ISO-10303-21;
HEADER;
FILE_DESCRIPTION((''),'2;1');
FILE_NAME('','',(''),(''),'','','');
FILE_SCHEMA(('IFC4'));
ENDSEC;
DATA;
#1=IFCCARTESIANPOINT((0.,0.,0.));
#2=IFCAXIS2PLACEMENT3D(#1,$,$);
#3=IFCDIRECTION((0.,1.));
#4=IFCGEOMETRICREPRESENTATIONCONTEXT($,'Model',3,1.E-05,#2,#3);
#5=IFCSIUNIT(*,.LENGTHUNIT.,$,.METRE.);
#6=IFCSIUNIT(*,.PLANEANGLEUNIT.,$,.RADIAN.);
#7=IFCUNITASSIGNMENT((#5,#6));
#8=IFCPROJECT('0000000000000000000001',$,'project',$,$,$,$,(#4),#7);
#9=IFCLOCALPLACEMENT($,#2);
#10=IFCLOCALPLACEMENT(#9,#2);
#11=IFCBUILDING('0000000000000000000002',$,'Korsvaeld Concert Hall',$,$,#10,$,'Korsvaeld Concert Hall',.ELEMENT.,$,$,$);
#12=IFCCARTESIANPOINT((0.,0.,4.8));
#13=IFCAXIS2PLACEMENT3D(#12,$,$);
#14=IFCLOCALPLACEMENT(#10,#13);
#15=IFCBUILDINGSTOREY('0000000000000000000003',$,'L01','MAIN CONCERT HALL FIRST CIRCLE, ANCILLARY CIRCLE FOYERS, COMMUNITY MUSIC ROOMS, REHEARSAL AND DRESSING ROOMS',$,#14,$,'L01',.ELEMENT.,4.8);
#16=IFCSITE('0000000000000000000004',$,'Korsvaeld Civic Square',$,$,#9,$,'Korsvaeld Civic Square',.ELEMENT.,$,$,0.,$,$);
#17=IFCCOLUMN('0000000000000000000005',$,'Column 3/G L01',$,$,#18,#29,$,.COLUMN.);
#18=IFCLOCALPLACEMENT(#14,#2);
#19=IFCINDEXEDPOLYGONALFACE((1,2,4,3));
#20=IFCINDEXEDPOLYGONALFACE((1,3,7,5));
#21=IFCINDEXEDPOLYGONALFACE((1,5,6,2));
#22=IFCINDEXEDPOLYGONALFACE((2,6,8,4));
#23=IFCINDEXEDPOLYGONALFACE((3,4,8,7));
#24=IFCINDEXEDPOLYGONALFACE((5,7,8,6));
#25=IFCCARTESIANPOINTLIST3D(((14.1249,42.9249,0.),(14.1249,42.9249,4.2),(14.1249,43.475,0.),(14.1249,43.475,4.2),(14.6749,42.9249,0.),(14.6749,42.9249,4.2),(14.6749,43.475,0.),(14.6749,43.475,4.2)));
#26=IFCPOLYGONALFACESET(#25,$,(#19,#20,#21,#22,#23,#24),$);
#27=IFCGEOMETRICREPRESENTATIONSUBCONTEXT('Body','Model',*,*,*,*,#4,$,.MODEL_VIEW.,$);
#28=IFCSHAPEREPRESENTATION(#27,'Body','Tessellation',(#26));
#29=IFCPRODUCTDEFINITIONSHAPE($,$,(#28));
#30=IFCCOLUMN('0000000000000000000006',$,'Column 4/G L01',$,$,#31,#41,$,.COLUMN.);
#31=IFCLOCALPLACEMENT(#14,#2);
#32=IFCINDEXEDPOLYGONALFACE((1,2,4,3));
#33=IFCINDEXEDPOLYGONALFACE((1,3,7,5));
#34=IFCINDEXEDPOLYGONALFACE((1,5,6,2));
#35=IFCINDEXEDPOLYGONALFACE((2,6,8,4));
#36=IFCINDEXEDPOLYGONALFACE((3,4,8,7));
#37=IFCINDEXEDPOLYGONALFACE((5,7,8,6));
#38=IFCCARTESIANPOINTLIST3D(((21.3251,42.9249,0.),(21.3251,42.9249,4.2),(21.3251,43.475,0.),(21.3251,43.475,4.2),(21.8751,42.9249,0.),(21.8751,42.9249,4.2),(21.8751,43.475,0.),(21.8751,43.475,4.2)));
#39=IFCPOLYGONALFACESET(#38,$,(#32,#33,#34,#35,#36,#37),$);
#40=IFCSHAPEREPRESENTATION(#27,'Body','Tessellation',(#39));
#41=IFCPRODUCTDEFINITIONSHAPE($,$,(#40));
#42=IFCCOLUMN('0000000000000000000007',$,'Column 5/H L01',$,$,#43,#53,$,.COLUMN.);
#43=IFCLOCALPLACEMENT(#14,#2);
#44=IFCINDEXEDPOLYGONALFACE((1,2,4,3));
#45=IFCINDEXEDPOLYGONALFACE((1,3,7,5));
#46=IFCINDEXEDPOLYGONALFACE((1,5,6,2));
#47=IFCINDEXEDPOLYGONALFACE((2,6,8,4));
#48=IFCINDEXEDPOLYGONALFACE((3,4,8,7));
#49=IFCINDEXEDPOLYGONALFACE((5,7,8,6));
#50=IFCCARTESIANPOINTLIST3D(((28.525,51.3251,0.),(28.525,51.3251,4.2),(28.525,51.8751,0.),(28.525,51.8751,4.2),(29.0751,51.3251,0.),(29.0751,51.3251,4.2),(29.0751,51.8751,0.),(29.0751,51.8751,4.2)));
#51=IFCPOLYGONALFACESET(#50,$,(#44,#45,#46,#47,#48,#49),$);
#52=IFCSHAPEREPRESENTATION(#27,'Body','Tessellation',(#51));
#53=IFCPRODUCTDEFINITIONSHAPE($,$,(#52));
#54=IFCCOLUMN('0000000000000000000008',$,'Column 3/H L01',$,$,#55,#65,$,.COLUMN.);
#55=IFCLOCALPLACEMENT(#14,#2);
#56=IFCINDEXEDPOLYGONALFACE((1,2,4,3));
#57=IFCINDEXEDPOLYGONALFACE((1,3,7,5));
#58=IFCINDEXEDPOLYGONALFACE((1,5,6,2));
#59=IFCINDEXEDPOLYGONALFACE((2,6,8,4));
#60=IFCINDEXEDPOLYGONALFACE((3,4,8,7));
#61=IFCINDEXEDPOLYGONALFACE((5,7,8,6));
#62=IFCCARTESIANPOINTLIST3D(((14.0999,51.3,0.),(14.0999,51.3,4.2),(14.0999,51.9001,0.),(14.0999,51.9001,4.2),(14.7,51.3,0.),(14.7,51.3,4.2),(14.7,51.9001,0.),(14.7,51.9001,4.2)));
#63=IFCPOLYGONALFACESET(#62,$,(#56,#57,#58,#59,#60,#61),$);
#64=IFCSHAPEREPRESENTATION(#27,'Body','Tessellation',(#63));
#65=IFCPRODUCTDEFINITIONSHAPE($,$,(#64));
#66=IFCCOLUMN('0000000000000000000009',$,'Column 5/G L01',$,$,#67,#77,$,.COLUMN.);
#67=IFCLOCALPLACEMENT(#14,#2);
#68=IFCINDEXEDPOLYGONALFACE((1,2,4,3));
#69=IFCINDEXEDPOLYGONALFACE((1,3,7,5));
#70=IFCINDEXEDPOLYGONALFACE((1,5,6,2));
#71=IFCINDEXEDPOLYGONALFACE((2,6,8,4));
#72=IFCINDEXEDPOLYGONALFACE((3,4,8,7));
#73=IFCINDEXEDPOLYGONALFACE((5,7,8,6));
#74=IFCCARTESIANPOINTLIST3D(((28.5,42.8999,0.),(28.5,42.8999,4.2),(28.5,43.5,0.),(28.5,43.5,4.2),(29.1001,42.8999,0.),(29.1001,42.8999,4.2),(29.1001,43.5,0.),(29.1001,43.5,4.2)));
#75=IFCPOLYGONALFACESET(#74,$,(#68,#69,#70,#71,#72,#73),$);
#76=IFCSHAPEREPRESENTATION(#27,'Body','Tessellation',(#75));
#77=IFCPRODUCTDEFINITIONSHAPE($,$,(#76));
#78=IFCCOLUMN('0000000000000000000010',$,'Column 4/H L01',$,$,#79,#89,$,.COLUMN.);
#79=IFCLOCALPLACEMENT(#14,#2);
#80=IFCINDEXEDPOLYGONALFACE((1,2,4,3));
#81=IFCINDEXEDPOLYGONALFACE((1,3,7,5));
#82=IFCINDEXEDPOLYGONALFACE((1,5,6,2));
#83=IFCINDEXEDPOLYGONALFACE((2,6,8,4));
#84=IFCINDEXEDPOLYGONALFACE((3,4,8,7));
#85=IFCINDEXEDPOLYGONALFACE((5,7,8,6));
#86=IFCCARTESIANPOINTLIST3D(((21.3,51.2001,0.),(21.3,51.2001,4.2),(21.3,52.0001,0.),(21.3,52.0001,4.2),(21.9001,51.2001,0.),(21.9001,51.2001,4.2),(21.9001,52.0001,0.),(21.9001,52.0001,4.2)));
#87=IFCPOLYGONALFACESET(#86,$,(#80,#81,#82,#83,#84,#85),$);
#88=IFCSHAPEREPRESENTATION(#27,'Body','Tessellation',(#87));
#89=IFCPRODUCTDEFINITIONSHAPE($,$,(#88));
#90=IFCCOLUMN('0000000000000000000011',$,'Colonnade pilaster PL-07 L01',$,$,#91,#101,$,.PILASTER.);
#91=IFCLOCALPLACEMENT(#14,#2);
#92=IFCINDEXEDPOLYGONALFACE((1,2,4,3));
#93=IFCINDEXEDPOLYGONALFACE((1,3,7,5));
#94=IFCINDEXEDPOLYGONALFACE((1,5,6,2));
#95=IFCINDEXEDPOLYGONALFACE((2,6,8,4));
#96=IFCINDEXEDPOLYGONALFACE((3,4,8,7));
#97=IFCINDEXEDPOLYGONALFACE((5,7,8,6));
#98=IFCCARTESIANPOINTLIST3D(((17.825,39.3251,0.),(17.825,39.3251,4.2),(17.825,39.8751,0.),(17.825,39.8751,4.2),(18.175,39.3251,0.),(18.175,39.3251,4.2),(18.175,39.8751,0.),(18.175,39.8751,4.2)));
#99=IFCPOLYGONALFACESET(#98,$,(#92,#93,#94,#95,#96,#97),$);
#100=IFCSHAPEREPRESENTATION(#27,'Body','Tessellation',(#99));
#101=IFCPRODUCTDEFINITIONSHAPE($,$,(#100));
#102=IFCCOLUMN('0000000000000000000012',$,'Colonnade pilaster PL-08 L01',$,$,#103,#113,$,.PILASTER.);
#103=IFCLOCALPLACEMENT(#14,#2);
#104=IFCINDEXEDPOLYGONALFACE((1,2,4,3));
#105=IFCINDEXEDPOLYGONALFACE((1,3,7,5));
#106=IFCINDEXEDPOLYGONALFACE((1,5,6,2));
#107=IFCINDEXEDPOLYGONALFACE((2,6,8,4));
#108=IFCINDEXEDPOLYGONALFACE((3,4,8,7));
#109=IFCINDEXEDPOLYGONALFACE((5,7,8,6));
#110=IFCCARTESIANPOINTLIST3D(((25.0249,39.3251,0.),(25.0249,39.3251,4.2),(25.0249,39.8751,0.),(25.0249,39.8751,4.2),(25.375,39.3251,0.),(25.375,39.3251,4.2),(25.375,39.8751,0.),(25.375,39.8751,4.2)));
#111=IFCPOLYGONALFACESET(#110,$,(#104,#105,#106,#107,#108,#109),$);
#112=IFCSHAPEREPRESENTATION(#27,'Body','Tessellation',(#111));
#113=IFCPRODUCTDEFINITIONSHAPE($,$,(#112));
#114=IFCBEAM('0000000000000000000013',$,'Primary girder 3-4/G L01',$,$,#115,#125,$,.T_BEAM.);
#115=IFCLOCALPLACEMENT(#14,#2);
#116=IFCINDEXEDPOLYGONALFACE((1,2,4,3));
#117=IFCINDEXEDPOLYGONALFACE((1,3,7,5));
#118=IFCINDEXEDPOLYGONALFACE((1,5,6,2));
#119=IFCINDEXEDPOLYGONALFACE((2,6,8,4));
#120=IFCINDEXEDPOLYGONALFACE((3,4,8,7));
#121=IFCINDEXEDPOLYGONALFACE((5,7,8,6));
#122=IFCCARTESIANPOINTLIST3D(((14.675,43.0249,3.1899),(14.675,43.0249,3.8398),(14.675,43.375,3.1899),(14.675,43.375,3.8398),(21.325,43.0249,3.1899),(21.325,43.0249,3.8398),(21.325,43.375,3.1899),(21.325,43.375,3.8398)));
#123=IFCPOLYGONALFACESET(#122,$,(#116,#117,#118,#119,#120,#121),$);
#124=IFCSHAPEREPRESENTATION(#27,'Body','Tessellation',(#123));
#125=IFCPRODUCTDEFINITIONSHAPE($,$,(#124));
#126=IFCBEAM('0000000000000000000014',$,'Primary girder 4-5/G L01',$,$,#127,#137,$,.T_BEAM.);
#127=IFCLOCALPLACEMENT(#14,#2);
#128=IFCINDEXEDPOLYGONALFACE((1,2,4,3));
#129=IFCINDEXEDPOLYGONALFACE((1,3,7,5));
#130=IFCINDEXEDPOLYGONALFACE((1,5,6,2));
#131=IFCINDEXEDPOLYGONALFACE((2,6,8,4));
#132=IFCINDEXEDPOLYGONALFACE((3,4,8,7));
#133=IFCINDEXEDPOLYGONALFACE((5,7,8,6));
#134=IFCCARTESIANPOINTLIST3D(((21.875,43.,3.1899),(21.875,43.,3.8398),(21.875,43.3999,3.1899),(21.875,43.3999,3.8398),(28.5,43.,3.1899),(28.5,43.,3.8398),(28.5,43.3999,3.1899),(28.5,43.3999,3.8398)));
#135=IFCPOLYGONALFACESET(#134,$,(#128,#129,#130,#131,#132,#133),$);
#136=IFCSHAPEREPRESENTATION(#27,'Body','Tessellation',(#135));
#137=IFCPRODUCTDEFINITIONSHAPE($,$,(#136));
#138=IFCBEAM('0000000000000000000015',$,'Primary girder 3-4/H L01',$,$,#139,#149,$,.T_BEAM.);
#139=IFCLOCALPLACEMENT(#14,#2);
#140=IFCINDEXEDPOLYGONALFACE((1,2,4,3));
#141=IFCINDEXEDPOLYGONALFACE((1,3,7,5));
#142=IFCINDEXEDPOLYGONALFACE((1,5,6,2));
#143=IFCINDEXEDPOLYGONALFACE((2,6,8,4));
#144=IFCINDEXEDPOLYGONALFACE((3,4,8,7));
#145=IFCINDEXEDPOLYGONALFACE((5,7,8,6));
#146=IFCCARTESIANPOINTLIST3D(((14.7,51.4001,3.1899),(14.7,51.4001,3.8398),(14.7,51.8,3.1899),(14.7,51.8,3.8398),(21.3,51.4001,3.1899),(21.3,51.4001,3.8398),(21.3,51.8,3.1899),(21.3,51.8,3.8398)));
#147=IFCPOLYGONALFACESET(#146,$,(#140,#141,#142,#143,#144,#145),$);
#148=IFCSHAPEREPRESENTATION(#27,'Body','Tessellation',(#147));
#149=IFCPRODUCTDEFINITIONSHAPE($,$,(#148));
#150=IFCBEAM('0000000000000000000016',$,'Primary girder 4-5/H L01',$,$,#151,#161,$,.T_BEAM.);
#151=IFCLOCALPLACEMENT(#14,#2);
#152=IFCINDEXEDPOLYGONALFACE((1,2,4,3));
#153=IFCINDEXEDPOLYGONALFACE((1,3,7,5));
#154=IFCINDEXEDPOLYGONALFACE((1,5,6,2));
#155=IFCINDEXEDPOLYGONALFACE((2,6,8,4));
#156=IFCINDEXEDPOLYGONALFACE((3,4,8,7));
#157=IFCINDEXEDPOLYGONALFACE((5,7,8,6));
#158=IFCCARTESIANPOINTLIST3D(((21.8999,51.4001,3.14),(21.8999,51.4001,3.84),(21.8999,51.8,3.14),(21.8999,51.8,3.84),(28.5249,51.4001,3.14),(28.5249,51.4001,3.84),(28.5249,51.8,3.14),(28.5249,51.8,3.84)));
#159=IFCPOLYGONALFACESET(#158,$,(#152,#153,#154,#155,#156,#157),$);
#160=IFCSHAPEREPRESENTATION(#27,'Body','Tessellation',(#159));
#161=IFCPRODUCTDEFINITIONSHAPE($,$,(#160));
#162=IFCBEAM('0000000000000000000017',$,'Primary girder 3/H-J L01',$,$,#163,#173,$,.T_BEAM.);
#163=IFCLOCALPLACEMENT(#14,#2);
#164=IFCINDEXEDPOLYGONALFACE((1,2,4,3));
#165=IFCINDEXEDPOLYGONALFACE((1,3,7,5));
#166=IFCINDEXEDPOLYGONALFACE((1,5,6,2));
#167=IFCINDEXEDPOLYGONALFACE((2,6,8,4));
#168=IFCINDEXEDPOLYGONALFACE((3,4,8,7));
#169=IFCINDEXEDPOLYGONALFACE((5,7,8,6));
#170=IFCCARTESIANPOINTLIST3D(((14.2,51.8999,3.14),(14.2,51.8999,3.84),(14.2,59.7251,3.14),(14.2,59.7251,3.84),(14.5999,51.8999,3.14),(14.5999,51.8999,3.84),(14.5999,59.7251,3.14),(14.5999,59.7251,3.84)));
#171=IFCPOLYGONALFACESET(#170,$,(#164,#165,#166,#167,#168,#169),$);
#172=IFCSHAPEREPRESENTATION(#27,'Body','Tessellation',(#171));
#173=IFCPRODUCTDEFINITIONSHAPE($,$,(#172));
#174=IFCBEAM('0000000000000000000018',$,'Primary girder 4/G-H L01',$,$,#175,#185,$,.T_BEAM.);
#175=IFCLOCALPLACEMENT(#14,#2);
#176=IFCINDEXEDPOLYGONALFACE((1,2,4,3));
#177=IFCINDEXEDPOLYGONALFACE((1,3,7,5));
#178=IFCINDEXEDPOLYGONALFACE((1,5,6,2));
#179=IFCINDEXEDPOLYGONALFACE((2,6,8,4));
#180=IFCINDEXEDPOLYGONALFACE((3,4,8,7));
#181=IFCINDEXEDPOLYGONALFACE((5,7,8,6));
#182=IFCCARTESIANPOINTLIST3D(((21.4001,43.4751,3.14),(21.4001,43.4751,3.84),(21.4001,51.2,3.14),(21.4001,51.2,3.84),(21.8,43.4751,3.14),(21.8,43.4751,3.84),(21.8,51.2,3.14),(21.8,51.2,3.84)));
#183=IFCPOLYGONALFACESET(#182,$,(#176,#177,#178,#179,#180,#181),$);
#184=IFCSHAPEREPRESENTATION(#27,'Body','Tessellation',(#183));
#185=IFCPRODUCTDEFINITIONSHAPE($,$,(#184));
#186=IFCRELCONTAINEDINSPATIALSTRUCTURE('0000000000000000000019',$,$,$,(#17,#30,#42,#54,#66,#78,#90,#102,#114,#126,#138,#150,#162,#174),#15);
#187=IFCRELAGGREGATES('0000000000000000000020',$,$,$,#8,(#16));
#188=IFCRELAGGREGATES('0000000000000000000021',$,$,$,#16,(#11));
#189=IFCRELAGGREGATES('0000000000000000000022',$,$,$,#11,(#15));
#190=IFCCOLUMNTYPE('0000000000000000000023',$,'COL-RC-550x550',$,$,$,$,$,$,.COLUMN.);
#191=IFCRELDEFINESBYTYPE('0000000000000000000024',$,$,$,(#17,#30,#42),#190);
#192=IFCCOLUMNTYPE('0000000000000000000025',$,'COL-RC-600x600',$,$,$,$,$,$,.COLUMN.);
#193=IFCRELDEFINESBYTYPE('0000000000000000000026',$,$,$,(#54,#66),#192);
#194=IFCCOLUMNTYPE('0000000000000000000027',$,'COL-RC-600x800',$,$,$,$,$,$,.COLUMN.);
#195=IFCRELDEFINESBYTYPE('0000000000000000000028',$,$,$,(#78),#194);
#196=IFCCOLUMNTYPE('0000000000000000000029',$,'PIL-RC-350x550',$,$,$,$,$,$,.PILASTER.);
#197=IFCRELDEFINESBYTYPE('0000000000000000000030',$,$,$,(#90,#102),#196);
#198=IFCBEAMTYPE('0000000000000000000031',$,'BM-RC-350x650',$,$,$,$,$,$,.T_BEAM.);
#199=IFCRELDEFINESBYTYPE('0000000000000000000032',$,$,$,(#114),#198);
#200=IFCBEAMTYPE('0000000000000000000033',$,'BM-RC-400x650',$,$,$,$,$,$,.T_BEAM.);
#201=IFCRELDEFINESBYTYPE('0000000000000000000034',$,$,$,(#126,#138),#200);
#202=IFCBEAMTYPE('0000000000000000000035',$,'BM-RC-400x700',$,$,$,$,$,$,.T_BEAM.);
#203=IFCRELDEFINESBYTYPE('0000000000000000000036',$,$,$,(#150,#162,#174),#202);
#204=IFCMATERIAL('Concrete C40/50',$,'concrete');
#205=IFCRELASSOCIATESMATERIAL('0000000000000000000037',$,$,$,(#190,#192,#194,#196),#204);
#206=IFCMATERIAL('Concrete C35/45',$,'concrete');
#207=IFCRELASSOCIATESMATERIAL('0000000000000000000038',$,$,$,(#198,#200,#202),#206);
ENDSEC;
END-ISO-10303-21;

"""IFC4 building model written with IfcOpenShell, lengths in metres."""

from ifc_helpers import new_model, si_unit, direction, frame, origin, origin_2d, place, context, subcontext, project, spatial, rectangle, extrude, material, material_profile, profile_set, type_object, element, save


model = new_model("IFC4")

# Units and contexts
model_context = context("Model", 3, precision=1e-05, world=origin(), true_north=direction((0.0, 1.0)))
body_context = subcontext(model_context, "Body", "Model", "MODEL_VIEW")
ifc_project = project(units=[si_unit("LENGTHUNIT", "METRE"), si_unit("PLANEANGLEUNIT", "RADIAN")], contexts=[model_context])

# Site, building, storey
site_placement = place(None, origin())
site = spatial("IfcSite", under=ifc_project, at=site_placement, Name="Korsvaeld Civic Square", LongName="Korsvaeld Civic Square", CompositionType="ELEMENT", RefElevation=0.0)
building_placement = place(site_placement, origin())
building = spatial("IfcBuilding", under=site, at=building_placement, Name="Korsvaeld Concert Hall", LongName="Korsvaeld Concert Hall", CompositionType="ELEMENT")
storey_placement = place(building_placement, frame((0.0, 0.0, 4.8)))
storey = spatial("IfcBuildingStorey", under=building, at=storey_placement, Name="L01", Description="MAIN CONCERT HALL FIRST CIRCLE, ANCILLARY CIRCLE FOYERS, COMMUNITY MUSIC ROOMS, REHEARSAL AND DRESSING ROOMS", LongName="L01", CompositionType="ELEMENT", Elevation=4.8)

# Columns
ifc_material_1 = material(Name="Concrete C40/50", Category="concrete")
ifc_material_profile_1 = material_profile(ifc_material_1, rectangle(XDim=0.55, YDim=0.55, at=origin_2d()), Name="RC 550x550")
ifc_profile_set_1 = profile_set([ifc_material_profile_1], Name="Concrete C40/50")
column_type_1 = type_object("IfcColumnType", Name="COL-RC-550x550", PredefinedType="COLUMN", material=ifc_profile_set_1)
for number, where, z_axis, x_axis, name in (
    (1, (14.3999, 43.2, 0.0), (0.0, 0.0, 1.0), (1.0, 0.0, 0.0), "Column 3/G L01"),
    (2, (21.6001, 43.2, 0.0), (0.0, 0.0, 1.0), (1.0, 0.0, 0.0), "Column 4/G L01"),
    (3, (28.8, 51.6001, 0.0), (0.0, 0.0, 1.0), (1.0, 0.0, 0.0), "Column 5/H L01"),
):
    element("IfcColumn", number, at=place(storey_placement, frame(where, z_axis=z_axis, x_axis=x_axis)), inside=storey, type_object=column_type_1, Name=name, PredefinedType="COLUMN", context=body_context, shape_type="SweptSolid", body=[
        extrude(rectangle(XDim=0.55, YDim=0.55, at=origin_2d()), origin(), (0.0, 0.0, 1.0), 4.2),
    ])
ifc_material_profile_2 = material_profile(ifc_material_1, rectangle(XDim=0.6001, YDim=0.6001, at=origin_2d()), Name="RC 600x600")
ifc_profile_set_2 = profile_set([ifc_material_profile_2], Name="Concrete C40/50")
column_type_2 = type_object("IfcColumnType", Name="COL-RC-600x600", PredefinedType="COLUMN", material=ifc_profile_set_2)
for number, where, z_axis, x_axis, name in (
    (4, (14.3999, 51.6001, 0.0), (0.0, 0.0, 1.0), (1.0, 0.0, 0.0), "Column 3/H L01"),
    (5, (28.8, 43.2, 0.0), (0.0, 0.0, 1.0), (1.0, 0.0, 0.0), "Column 5/G L01"),
):
    element("IfcColumn", number, at=place(storey_placement, frame(where, z_axis=z_axis, x_axis=x_axis)), inside=storey, type_object=column_type_2, Name=name, PredefinedType="COLUMN", context=body_context, shape_type="SweptSolid", body=[
        extrude(rectangle(XDim=0.6001, YDim=0.6001, at=origin_2d()), origin(), (0.0, 0.0, 1.0), 4.2),
    ])
ifc_material_profile_3 = material_profile(ifc_material_1, rectangle(XDim=0.6001, YDim=0.8, at=origin_2d()), Name="RC 600x800")
ifc_profile_set_3 = profile_set([ifc_material_profile_3], Name="Concrete C40/50")
column_type_3 = type_object("IfcColumnType", Name="COL-RC-600x800", PredefinedType="COLUMN", material=ifc_profile_set_3)
column_placement = place(storey_placement, frame((21.6001, 51.6001, 0.0), z_axis=(0.0, 0.0, 1.0), x_axis=(1.0, 0.0, 0.0)))
element("IfcColumn", 6, at=column_placement, inside=storey, type_object=column_type_3, Name="Column 4/H L01", PredefinedType="COLUMN", context=body_context, shape_type="SweptSolid", body=[
    extrude(rectangle(XDim=0.6001, YDim=0.8, at=origin_2d()), origin(), (0.0, 0.0, 1.0), 4.2),
])
ifc_material_profile_4 = material_profile(ifc_material_1, rectangle(XDim=0.3501, YDim=0.55, at=origin_2d()), Name="RC 350x550")
ifc_profile_set_4 = profile_set([ifc_material_profile_4], Name="Concrete C40/50")
column_type_4 = type_object("IfcColumnType", Name="PIL-RC-350x550", PredefinedType="PILASTER", material=ifc_profile_set_4)
for number, where, z_axis, x_axis, name in (
    (7, (18.0, 39.6001, 0.0), (0.0, 0.0, 1.0), (1.0, 0.0, 0.0), "Colonnade pilaster PL-07 L01"),
    (8, (25.2, 39.6001, 0.0), (0.0, 0.0, 1.0), (1.0, 0.0, 0.0), "Colonnade pilaster PL-08 L01"),
):
    element("IfcColumn", number, at=place(storey_placement, frame(where, z_axis=z_axis, x_axis=x_axis)), inside=storey, type_object=column_type_4, Name=name, PredefinedType="PILASTER", context=body_context, shape_type="SweptSolid", body=[
        extrude(rectangle(XDim=0.3501, YDim=0.55, at=origin_2d()), origin(), (0.0, 0.0, 1.0), 4.2),
    ])

# Beams
ifc_material_2 = material(Name="Concrete C35/45", Category="concrete")
ifc_material_profile_5 = material_profile(ifc_material_2, rectangle(XDim=0.3501, YDim=0.6499, at=origin_2d()), Name="RC 350x650")
ifc_profile_set_5 = profile_set([ifc_material_profile_5], Name="Concrete C35/45")
beam_type_1 = type_object("IfcBeamType", Name="BM-RC-350x650", PredefinedType="T_BEAM", material=ifc_profile_set_5)
beam_1_placement = place(storey_placement, frame((14.675, 43.2, 3.5149), z_axis=(1.0, 0.0, 0.0), x_axis=(0.0, 1.0, 0.0)))
element("IfcBeam", 9, at=beam_1_placement, inside=storey, type_object=beam_type_1, Name="Primary girder 3-4/G L01", PredefinedType="T_BEAM", context=body_context, shape_type="SweptSolid", body=[
    extrude(rectangle(XDim=0.3501, YDim=0.6499, at=origin_2d()), origin(), (0.0, 0.0, 1.0), 6.6499),
])
ifc_material_profile_6 = material_profile(ifc_material_2, rectangle(XDim=0.3999, YDim=0.6499, at=origin_2d()), Name="RC 400x650")
ifc_profile_set_6 = profile_set([ifc_material_profile_6], Name="Concrete C35/45")
beam_type_2 = type_object("IfcBeamType", Name="BM-RC-400x650", PredefinedType="T_BEAM", material=ifc_profile_set_6)
beam_2_placement = place(storey_placement, frame((21.875, 43.2, 3.5149), z_axis=(1.0, 0.0, 0.0), x_axis=(0.0, 1.0, 0.0)))
element("IfcBeam", 10, at=beam_2_placement, inside=storey, type_object=beam_type_2, Name="Primary girder 4-5/G L01", PredefinedType="T_BEAM", context=body_context, shape_type="SweptSolid", body=[
    extrude(rectangle(XDim=0.3999, YDim=0.6499, at=origin_2d()), origin(), (0.0, 0.0, 1.0), 6.625),
])
beam_3_placement = place(storey_placement, frame((14.7, 51.6001, 3.5149), z_axis=(1.0, 0.0, 0.0), x_axis=(0.0, 1.0, 0.0)))
element("IfcBeam", 11, at=beam_3_placement, inside=storey, type_object=beam_type_2, Name="Primary girder 3-4/H L01", PredefinedType="T_BEAM", context=body_context, shape_type="SweptSolid", body=[
    extrude(rectangle(XDim=0.3999, YDim=0.6499, at=origin_2d()), origin(), (0.0, 0.0, 1.0), 6.6001),
])
ifc_material_profile_7 = material_profile(ifc_material_2, rectangle(XDim=0.3999, YDim=0.7, at=origin_2d()), Name="RC 400x700")
ifc_profile_set_7 = profile_set([ifc_material_profile_7], Name="Concrete C35/45")
beam_type_3 = type_object("IfcBeamType", Name="BM-RC-400x700", PredefinedType="T_BEAM", material=ifc_profile_set_7)
beam_4_placement = place(storey_placement, frame((21.8999, 51.6001, 3.49), z_axis=(1.0, 0.0, 0.0), x_axis=(0.0, 1.0, 0.0)))
element("IfcBeam", 12, at=beam_4_placement, inside=storey, type_object=beam_type_3, Name="Primary girder 4-5/H L01", PredefinedType="T_BEAM", context=body_context, shape_type="SweptSolid", body=[
    extrude(rectangle(XDim=0.3999, YDim=0.7, at=origin_2d()), origin(), (0.0, 0.0, 1.0), 6.625),
])
beam_5_placement = place(storey_placement, frame((14.3999, 51.8999, 3.49), z_axis=(0.0, 1.0, 0.0), x_axis=(-1.0, 0.0, 0.0)))
element("IfcBeam", 13, at=beam_5_placement, inside=storey, type_object=beam_type_3, Name="Primary girder 3/H-J L01", PredefinedType="T_BEAM", context=body_context, shape_type="SweptSolid", body=[
    extrude(rectangle(XDim=0.3999, YDim=0.7, at=origin_2d()), origin(), (0.0, 0.0, 1.0), 7.8252),
])
beam_6_placement = place(storey_placement, frame((21.6001, 43.4751, 3.49), z_axis=(0.0, 1.0, 0.0), x_axis=(-1.0, 0.0, 0.0)))
element("IfcBeam", 14, at=beam_6_placement, inside=storey, type_object=beam_type_3, Name="Primary girder 4/G-H L01", PredefinedType="T_BEAM", context=body_context, shape_type="SweptSolid", body=[
    extrude(rectangle(XDim=0.3999, YDim=0.7, at=origin_2d()), origin(), (0.0, 0.0, 1.0), 7.7249),
])

save(model, "model.ifc")
